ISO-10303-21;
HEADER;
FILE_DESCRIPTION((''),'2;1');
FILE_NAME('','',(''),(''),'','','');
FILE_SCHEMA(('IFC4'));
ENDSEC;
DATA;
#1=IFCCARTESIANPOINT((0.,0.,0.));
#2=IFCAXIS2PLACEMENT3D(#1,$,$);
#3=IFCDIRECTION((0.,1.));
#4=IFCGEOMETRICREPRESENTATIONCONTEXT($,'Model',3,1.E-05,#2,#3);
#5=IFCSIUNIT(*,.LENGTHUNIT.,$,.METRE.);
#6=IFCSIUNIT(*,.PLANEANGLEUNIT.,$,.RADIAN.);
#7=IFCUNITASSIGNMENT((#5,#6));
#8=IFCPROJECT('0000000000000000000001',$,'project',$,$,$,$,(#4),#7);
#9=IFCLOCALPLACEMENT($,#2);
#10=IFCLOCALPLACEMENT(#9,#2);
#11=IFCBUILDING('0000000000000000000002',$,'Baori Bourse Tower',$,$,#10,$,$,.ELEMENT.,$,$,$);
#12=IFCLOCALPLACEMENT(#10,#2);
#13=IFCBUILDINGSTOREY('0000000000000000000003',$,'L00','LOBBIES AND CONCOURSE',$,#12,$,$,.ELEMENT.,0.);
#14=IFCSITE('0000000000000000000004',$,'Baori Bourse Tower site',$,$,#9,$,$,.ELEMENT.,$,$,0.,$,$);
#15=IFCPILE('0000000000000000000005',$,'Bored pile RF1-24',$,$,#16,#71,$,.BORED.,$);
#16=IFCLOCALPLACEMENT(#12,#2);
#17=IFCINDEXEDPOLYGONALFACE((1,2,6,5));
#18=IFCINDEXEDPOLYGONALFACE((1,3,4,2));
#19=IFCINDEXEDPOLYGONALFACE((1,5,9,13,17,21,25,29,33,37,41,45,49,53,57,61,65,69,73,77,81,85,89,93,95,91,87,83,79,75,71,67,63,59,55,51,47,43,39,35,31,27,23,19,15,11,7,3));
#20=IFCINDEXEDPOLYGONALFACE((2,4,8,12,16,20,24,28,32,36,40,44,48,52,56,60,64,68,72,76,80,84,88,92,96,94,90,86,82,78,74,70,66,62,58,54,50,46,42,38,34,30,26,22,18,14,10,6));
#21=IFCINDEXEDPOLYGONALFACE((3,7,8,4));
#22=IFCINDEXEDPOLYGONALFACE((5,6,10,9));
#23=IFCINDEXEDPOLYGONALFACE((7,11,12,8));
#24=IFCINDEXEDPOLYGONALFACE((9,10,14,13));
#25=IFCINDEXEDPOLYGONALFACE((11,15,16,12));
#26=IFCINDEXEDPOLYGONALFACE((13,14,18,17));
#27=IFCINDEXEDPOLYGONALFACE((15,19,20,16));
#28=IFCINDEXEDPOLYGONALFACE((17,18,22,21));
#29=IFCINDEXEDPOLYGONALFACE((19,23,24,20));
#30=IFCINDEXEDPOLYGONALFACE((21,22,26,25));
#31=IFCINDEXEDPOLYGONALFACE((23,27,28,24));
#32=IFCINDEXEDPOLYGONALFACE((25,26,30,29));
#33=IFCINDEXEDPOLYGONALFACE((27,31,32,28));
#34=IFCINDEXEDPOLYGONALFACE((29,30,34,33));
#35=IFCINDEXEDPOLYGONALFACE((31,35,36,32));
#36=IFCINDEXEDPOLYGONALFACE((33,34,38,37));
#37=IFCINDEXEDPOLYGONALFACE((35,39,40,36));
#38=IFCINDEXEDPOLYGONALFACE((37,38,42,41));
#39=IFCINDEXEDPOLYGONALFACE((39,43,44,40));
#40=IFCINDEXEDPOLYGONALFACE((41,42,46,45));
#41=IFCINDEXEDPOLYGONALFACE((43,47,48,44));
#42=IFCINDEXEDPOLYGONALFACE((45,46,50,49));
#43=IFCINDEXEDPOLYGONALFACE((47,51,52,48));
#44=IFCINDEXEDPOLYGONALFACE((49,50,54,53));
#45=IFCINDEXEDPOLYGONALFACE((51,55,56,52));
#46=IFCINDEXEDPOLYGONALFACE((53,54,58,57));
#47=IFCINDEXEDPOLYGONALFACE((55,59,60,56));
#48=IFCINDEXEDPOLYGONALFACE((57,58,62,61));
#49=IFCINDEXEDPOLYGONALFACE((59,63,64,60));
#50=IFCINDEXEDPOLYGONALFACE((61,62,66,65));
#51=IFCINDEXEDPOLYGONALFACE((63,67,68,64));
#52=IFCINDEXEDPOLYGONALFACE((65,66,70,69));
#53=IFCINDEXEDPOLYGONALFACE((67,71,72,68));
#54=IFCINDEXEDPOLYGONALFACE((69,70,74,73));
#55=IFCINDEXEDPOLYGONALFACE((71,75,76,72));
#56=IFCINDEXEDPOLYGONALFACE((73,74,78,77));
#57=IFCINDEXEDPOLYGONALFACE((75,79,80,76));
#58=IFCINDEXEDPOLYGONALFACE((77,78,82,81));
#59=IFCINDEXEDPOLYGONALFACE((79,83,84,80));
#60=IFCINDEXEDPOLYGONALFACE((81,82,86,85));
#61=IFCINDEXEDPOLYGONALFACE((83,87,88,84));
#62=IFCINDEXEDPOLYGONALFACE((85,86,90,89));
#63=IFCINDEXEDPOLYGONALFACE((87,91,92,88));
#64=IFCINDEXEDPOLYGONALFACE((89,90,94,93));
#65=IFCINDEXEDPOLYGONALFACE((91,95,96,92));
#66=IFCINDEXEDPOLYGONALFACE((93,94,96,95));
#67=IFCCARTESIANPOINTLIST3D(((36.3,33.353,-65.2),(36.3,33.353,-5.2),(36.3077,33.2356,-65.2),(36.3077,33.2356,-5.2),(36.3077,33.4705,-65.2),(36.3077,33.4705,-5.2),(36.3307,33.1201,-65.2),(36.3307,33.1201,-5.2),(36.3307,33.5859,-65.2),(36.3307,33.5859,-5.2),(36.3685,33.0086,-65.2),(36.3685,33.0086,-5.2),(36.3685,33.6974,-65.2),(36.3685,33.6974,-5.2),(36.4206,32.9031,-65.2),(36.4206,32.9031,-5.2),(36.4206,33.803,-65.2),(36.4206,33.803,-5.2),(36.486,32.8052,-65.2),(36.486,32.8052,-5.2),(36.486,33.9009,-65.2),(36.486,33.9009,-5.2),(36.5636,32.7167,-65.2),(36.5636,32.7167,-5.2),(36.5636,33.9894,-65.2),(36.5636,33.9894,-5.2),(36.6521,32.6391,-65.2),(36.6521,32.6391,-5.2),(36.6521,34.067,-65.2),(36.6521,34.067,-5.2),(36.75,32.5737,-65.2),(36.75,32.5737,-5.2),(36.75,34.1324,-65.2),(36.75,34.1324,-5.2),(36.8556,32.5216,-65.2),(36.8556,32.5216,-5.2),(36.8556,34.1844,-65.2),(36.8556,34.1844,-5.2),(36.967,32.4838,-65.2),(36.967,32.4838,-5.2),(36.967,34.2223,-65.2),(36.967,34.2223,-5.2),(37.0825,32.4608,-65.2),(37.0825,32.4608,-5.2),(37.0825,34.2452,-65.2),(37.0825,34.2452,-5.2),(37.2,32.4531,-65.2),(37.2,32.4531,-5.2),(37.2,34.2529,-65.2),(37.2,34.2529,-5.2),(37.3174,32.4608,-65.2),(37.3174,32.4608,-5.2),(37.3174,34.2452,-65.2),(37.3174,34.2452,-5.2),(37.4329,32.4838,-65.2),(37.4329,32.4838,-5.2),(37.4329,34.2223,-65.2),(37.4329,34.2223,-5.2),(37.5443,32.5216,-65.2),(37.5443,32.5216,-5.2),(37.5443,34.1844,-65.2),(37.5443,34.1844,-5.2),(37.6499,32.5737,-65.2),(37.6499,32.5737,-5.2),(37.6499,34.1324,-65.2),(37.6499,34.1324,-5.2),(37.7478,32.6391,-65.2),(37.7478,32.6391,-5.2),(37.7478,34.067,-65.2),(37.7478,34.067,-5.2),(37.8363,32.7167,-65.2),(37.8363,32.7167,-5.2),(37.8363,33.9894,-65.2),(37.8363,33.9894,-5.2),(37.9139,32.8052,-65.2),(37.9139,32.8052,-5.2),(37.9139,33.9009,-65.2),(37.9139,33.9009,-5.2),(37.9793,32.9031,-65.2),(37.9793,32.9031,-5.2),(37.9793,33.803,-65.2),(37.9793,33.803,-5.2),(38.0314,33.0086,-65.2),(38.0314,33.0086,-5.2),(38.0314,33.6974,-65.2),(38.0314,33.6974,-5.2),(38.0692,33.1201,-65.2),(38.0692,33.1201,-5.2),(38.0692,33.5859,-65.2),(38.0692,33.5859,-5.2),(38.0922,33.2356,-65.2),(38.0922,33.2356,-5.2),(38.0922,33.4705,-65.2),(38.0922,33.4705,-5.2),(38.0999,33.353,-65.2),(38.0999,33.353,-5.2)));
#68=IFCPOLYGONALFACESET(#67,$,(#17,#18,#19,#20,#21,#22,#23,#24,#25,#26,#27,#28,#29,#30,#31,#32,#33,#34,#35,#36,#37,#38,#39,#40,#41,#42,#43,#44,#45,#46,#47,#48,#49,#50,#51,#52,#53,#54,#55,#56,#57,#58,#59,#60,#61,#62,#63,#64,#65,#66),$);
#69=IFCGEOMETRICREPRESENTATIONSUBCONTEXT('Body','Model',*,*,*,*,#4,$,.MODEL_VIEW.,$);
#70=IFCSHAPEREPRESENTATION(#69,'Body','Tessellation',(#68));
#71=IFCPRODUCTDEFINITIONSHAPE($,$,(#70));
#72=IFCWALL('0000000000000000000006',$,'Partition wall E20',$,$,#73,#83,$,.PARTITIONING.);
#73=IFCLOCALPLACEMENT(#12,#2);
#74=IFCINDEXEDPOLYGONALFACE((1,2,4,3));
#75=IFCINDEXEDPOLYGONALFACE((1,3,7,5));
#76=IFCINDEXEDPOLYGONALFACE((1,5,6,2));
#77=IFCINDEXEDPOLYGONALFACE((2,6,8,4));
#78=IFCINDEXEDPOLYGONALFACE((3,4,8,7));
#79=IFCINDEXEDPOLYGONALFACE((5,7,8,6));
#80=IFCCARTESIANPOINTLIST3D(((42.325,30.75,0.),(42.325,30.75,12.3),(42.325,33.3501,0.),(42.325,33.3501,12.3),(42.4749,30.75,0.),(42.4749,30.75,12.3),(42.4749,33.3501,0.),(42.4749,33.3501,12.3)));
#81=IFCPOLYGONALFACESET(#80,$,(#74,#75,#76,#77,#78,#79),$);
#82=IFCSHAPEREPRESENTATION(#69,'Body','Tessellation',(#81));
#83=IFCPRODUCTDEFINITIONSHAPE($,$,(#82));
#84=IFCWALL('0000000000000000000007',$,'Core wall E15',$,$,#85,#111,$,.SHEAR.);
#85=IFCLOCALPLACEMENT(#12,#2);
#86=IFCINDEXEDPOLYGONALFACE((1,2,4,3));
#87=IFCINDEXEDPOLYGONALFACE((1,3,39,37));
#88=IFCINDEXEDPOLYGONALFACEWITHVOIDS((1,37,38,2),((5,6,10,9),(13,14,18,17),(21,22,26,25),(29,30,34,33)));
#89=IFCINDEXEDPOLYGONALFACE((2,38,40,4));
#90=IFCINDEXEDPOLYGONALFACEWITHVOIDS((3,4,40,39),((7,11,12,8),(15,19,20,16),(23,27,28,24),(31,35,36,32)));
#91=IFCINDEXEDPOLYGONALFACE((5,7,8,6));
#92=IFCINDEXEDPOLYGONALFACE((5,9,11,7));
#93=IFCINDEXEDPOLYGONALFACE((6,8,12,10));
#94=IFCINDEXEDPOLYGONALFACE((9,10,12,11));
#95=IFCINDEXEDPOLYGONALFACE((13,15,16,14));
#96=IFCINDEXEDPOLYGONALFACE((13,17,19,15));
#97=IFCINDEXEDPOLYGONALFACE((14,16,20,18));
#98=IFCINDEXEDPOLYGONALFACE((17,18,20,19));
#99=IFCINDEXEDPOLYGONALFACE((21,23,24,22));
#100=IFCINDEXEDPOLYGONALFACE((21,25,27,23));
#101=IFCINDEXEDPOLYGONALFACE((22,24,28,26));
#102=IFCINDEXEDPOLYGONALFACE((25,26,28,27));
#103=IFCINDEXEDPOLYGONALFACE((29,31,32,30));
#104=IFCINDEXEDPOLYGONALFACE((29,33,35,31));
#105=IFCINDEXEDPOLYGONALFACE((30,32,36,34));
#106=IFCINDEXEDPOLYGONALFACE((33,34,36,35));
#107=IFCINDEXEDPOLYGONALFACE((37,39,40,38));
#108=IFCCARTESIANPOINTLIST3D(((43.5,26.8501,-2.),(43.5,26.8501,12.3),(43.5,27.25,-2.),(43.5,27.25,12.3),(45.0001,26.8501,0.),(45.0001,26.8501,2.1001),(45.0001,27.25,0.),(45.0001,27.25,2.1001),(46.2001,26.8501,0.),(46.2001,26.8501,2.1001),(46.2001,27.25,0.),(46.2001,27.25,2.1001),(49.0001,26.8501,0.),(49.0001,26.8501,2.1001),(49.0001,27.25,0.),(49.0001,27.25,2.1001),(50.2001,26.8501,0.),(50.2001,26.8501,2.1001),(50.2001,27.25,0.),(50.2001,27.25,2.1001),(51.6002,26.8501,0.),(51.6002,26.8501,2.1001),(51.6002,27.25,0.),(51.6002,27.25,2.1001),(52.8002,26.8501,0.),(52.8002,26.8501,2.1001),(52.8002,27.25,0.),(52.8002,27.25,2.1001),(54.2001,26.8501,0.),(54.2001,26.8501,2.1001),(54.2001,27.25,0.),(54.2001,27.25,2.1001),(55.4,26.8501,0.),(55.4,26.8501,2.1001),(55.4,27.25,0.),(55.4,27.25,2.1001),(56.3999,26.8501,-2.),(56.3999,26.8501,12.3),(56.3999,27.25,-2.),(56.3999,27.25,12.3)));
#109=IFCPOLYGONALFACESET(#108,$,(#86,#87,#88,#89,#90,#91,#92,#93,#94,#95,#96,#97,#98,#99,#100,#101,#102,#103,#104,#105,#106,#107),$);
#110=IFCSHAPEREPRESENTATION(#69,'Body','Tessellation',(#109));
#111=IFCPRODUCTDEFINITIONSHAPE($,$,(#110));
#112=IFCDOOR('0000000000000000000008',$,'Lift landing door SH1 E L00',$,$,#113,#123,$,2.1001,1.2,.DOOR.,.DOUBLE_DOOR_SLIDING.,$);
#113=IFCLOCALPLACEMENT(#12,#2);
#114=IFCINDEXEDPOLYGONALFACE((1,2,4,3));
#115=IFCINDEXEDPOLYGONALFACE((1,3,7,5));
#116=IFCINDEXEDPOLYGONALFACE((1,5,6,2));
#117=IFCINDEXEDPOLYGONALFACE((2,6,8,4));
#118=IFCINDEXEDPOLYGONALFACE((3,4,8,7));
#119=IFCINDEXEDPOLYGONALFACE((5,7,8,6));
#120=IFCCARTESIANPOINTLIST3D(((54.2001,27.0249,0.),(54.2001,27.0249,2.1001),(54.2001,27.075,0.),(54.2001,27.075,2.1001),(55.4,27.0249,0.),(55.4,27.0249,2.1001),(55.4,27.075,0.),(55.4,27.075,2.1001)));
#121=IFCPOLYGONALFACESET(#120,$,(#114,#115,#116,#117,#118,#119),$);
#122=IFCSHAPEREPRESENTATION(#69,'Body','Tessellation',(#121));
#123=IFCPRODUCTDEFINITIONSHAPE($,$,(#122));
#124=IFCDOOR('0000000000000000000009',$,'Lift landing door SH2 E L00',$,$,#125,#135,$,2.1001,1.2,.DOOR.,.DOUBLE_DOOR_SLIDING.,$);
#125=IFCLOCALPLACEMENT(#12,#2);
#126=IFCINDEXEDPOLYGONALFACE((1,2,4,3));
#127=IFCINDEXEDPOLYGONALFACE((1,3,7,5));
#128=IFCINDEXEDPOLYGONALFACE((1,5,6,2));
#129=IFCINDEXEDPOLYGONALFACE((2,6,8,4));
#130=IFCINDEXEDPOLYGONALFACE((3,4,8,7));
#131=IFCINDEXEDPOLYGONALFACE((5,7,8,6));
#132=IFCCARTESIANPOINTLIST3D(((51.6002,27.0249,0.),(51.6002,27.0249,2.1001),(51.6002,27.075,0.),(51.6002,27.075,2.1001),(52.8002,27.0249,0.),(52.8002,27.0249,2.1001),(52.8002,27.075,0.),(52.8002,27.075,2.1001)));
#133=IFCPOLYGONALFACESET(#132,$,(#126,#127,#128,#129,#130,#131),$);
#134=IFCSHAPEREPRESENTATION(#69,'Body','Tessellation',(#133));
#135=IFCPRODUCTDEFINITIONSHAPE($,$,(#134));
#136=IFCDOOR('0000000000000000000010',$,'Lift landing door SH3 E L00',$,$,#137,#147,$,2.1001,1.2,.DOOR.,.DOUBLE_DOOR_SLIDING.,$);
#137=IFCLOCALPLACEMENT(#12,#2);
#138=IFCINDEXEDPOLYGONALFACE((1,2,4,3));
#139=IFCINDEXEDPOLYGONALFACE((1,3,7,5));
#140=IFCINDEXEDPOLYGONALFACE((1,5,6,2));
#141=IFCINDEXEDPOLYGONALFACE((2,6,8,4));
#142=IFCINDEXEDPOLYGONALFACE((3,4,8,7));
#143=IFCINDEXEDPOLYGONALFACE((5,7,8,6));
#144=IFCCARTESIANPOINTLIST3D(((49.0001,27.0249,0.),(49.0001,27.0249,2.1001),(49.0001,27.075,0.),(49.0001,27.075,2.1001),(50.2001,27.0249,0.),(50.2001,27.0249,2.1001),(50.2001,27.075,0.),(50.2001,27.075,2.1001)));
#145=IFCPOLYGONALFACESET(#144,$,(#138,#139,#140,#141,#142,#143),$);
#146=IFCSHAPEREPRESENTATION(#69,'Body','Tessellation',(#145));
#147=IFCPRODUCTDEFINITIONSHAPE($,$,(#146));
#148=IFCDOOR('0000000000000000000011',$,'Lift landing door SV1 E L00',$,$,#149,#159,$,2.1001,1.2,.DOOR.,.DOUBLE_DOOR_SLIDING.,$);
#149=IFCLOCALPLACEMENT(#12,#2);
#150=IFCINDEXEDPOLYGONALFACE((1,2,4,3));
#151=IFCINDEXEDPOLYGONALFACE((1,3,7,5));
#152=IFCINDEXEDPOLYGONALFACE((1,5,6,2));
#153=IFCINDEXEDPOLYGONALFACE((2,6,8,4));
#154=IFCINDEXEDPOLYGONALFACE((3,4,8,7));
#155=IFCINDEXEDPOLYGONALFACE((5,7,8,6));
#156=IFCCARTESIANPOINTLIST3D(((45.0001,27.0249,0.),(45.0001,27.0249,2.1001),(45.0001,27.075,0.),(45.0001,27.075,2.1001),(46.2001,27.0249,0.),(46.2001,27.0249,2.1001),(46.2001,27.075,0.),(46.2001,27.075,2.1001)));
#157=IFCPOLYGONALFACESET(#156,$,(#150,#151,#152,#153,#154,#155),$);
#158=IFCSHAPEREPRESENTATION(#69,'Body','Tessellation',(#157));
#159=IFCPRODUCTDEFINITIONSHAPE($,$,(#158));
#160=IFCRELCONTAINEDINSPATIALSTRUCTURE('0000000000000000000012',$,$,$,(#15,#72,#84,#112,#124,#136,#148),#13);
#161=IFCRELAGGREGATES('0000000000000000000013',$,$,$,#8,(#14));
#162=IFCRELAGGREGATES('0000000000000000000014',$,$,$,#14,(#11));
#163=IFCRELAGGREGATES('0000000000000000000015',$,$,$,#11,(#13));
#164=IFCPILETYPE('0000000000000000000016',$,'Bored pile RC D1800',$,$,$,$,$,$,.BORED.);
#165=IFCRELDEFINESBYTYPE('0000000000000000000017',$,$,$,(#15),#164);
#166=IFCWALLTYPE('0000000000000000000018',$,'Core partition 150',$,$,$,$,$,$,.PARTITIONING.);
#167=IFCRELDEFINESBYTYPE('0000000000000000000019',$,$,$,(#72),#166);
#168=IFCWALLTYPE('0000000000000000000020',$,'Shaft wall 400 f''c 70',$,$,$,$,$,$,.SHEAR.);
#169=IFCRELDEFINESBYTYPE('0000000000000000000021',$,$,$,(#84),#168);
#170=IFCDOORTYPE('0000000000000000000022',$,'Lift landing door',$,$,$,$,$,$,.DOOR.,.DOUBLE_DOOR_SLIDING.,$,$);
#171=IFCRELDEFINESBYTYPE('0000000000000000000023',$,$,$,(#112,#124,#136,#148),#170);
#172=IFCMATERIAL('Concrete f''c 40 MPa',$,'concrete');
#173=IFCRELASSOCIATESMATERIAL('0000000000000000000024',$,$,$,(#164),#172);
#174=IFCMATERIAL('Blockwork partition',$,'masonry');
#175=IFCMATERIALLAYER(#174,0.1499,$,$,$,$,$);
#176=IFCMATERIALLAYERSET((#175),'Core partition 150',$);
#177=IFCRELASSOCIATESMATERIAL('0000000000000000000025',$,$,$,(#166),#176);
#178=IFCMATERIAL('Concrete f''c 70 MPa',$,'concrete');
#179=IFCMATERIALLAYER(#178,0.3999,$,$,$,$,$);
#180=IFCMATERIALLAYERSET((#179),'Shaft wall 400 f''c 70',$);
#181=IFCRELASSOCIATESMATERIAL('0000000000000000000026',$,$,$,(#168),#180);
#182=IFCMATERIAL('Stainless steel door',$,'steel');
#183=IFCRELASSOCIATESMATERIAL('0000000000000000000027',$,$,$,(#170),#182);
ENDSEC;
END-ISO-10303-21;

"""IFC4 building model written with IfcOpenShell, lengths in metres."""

from ifc_helpers import new_model, si_unit, direction, frame, frame_2d, origin, origin_2d, place, context, subcontext, project, spatial, rectangle, circle, extrude, material, layer, layer_set, material_profile, profile_set, type_object, element, fill, save


model = new_model("IFC4")

# Units and contexts
model_context = context("Model", 3, precision=1e-05, world=origin(), true_north=direction((0.0, 1.0)))
body_context = subcontext(model_context, "Body", "Model", "MODEL_VIEW")
ifc_project = project(units=[si_unit("LENGTHUNIT", "METRE"), si_unit("PLANEANGLEUNIT", "RADIAN")], contexts=[model_context])

# Site, building, storey
site_placement = place(None, origin())
site = spatial("IfcSite", under=ifc_project, at=site_placement, Name="Baori Bourse Tower site", CompositionType="ELEMENT", RefElevation=0.0)
building_placement = place(site_placement, origin())
building = spatial("IfcBuilding", under=site, at=building_placement, Name="Baori Bourse Tower", CompositionType="ELEMENT")
storey_placement = place(building_placement, origin())
storey = spatial("IfcBuildingStorey", under=building, at=storey_placement, Name="L00", Description="LOBBIES AND CONCOURSE", CompositionType="ELEMENT", Elevation=0.0)

# Pile
ifc_material_1 = material(Name="Concrete f'c 40 MPa", Category="concrete")
ifc_material_profile = material_profile(ifc_material_1, circle(Radius=0.8999, at=origin_2d()), Name="RC D1800")
ifc_profile_set = profile_set([ifc_material_profile], Name="Concrete f'c 40 MPa")
pile_type = type_object("IfcPileType", Name="Bored pile RC D1800", PredefinedType="BORED", material=ifc_profile_set)
for number, where, z_axis, x_axis, name in (
    (1, (37.2, 33.353, -5.2), (0.0, 0.0, -1.0), (1.0, 0.0, 0.0), "Bored pile RF1-24"),
):
    element("IfcPile", number, at=place(storey_placement, frame(where, z_axis=z_axis, x_axis=x_axis)), inside=storey, type_object=pile_type, Name=name, PredefinedType="BORED", context=body_context, shape_type="SweptSolid", body=[
        extrude(circle(Radius=0.8999, at=origin_2d()), origin(), (0.0, 0.0, 1.0), 60.0),
    ])

# Wall
ifc_material_2 = material(Name="Blockwork partition", Category="masonry")
ifc_layer_1 = layer(ifc_material_2, 0.1499)
ifc_layer_set_1 = layer_set([ifc_layer_1], Name="Core partition 150")
wall_type_1 = type_object("IfcWallType", Name="Core partition 150", PredefinedType="PARTITIONING", material=ifc_layer_set_1)
wall_1_placement = place(storey_placement, frame((42.3999, 30.75, 0.0), z_axis=(0.0, 0.0, 1.0), x_axis=(0.0, 1.0, 0.0)))
element("IfcWall", 2, at=wall_1_placement, inside=storey, type_object=wall_type_1, Name="Partition wall E20", PredefinedType="PARTITIONING", context=body_context, shape_type="SweptSolid", body=[
    extrude(rectangle(XDim=2.6001, YDim=0.1499, at=frame_2d((1.3, 0.0))), origin(), (0.0, 0.0, 1.0), 12.3),
])

# Wall, openings, doors
ifc_material_3 = material(Name="Concrete f'c 70 MPa", Category="concrete")
ifc_layer_2 = layer(ifc_material_3, 0.3999)
ifc_layer_set_2 = layer_set([ifc_layer_2], Name="Shaft wall 400 f'c 70")
wall_type_2 = type_object("IfcWallType", Name="Shaft wall 400 f'c 70", PredefinedType="SHEAR", material=ifc_layer_set_2)
wall_2_placement = place(storey_placement, frame((43.5, 27.05, -2.0), z_axis=(0.0, 0.0, 1.0), x_axis=(1.0, 0.0, 0.0)))
wall_2 = element("IfcWall", 3, at=wall_2_placement, inside=storey, type_object=wall_type_2, Name="Core wall E15", PredefinedType="SHEAR", context=body_context, shape_type="SweptSolid", body=[
    extrude(rectangle(XDim=12.8999, YDim=0.3999, at=frame_2d((6.45, 0.0))), origin(), (0.0, 0.0, 1.0), 14.3),
])
opening_1_placement = place(wall_2_placement, frame((10.7, 0.0, 2.0)))
opening_1 = element("IfcOpeningElement", 4, at=opening_1_placement, cuts=wall_2, PredefinedType="OPENING", context=body_context, shape_type="SweptSolid", body=[
    extrude(rectangle(XDim=1.2, YDim=2.1001, at=frame_2d((0.6001, 1.05))), frame((0.0, 0.21, 0.0), z_axis=(0.0, -1.0, 0.0), x_axis=(1.0, 0.0, 0.0)), (0.0, 0.0, 1.0), 0.4199),
])
opening_2_placement = place(wall_2_placement, frame((8.1001, 0.0, 2.0)))
opening_2 = element("IfcOpeningElement", 5, at=opening_2_placement, cuts=wall_2, PredefinedType="OPENING", context=body_context, shape_type="SweptSolid", body=[
    extrude(rectangle(XDim=1.2, YDim=2.1001, at=frame_2d((0.6001, 1.05))), frame((0.0, 0.21, 0.0), z_axis=(0.0, -1.0, 0.0), x_axis=(1.0, 0.0, 0.0)), (0.0, 0.0, 1.0), 0.4199),
])
opening_3_placement = place(wall_2_placement, frame((5.5, 0.0, 2.0)))
opening_3 = element("IfcOpeningElement", 6, at=opening_3_placement, cuts=wall_2, PredefinedType="OPENING", context=body_context, shape_type="SweptSolid", body=[
    extrude(rectangle(XDim=1.2, YDim=2.1001, at=frame_2d((0.6001, 1.05))), frame((0.0, 0.21, 0.0), z_axis=(0.0, -1.0, 0.0), x_axis=(1.0, 0.0, 0.0)), (0.0, 0.0, 1.0), 0.4199),
])
opening_4_placement = place(wall_2_placement, frame((1.5, 0.0, 2.0)))
opening_4 = element("IfcOpeningElement", 7, at=opening_4_placement, cuts=wall_2, PredefinedType="OPENING", context=body_context, shape_type="SweptSolid", body=[
    extrude(rectangle(XDim=1.2, YDim=2.1001, at=frame_2d((0.6001, 1.05))), frame((0.0, 0.21, 0.0), z_axis=(0.0, -1.0, 0.0), x_axis=(1.0, 0.0, 0.0)), (0.0, 0.0, 1.0), 0.4199),
])
ifc_material_4 = material(Name="Stainless steel door", Category="steel")
door_type_1 = type_object("IfcDoorType", Name="Lift landing door", OperationType="DOUBLE_DOOR_SLIDING", PredefinedType="DOOR", material=ifc_material_4)
door_1_placement = place(opening_1_placement, origin())
door_1 = element("IfcDoor", 8, at=door_1_placement, inside=storey, type_object=door_type_1, Name="Lift landing door SH1 E L00", OperationType="DOUBLE_DOOR_SLIDING", OverallHeight=2.1001, OverallWidth=1.2, PredefinedType="DOOR", context=body_context, shape_type="SweptSolid", body=[
    extrude(rectangle(XDim=1.2, YDim=2.1001, at=frame_2d((0.6001, 1.05))), frame((0.0, 0.0249, 0.0), z_axis=(0.0, -1.0, 0.0), x_axis=(1.0, 0.0, 0.0)), (0.0, 0.0, 1.0), 0.05),
])
fill(opening_1, door_1)
door_2_placement = place(opening_2_placement, origin())
door_2 = element("IfcDoor", 9, at=door_2_placement, inside=storey, type_object=door_type_1, Name="Lift landing door SH2 E L00", OperationType="DOUBLE_DOOR_SLIDING", OverallHeight=2.1001, OverallWidth=1.2, PredefinedType="DOOR", context=body_context, shape_type="SweptSolid", body=[
    extrude(rectangle(XDim=1.2, YDim=2.1001, at=frame_2d((0.6001, 1.05))), frame((0.0, 0.0249, 0.0), z_axis=(0.0, -1.0, 0.0), x_axis=(1.0, 0.0, 0.0)), (0.0, 0.0, 1.0), 0.05),
])
fill(opening_2, door_2)
door_3_placement = place(opening_3_placement, origin())
door_3 = element("IfcDoor", 10, at=door_3_placement, inside=storey, type_object=door_type_1, Name="Lift landing door SH3 E L00", OperationType="DOUBLE_DOOR_SLIDING", OverallHeight=2.1001, OverallWidth=1.2, PredefinedType="DOOR", context=body_context, shape_type="SweptSolid", body=[
    extrude(rectangle(XDim=1.2, YDim=2.1001, at=frame_2d((0.6001, 1.05))), frame((0.0, 0.0249, 0.0), z_axis=(0.0, -1.0, 0.0), x_axis=(1.0, 0.0, 0.0)), (0.0, 0.0, 1.0), 0.05),
])
fill(opening_3, door_3)
door_4_placement = place(opening_4_placement, origin())
door_4 = element("IfcDoor", 11, at=door_4_placement, inside=storey, type_object=door_type_1, Name="Lift landing door SV1 E L00", OperationType="DOUBLE_DOOR_SLIDING", OverallHeight=2.1001, OverallWidth=1.2, PredefinedType="DOOR", context=body_context, shape_type="SweptSolid", body=[
    extrude(rectangle(XDim=1.2, YDim=2.1001, at=frame_2d((0.6001, 1.05))), frame((0.0, 0.0249, 0.0), z_axis=(0.0, -1.0, 0.0), x_axis=(1.0, 0.0, 0.0)), (0.0, 0.0, 1.0), 0.05),
])
fill(opening_4, door_4)

save(model, "model.ifc")
